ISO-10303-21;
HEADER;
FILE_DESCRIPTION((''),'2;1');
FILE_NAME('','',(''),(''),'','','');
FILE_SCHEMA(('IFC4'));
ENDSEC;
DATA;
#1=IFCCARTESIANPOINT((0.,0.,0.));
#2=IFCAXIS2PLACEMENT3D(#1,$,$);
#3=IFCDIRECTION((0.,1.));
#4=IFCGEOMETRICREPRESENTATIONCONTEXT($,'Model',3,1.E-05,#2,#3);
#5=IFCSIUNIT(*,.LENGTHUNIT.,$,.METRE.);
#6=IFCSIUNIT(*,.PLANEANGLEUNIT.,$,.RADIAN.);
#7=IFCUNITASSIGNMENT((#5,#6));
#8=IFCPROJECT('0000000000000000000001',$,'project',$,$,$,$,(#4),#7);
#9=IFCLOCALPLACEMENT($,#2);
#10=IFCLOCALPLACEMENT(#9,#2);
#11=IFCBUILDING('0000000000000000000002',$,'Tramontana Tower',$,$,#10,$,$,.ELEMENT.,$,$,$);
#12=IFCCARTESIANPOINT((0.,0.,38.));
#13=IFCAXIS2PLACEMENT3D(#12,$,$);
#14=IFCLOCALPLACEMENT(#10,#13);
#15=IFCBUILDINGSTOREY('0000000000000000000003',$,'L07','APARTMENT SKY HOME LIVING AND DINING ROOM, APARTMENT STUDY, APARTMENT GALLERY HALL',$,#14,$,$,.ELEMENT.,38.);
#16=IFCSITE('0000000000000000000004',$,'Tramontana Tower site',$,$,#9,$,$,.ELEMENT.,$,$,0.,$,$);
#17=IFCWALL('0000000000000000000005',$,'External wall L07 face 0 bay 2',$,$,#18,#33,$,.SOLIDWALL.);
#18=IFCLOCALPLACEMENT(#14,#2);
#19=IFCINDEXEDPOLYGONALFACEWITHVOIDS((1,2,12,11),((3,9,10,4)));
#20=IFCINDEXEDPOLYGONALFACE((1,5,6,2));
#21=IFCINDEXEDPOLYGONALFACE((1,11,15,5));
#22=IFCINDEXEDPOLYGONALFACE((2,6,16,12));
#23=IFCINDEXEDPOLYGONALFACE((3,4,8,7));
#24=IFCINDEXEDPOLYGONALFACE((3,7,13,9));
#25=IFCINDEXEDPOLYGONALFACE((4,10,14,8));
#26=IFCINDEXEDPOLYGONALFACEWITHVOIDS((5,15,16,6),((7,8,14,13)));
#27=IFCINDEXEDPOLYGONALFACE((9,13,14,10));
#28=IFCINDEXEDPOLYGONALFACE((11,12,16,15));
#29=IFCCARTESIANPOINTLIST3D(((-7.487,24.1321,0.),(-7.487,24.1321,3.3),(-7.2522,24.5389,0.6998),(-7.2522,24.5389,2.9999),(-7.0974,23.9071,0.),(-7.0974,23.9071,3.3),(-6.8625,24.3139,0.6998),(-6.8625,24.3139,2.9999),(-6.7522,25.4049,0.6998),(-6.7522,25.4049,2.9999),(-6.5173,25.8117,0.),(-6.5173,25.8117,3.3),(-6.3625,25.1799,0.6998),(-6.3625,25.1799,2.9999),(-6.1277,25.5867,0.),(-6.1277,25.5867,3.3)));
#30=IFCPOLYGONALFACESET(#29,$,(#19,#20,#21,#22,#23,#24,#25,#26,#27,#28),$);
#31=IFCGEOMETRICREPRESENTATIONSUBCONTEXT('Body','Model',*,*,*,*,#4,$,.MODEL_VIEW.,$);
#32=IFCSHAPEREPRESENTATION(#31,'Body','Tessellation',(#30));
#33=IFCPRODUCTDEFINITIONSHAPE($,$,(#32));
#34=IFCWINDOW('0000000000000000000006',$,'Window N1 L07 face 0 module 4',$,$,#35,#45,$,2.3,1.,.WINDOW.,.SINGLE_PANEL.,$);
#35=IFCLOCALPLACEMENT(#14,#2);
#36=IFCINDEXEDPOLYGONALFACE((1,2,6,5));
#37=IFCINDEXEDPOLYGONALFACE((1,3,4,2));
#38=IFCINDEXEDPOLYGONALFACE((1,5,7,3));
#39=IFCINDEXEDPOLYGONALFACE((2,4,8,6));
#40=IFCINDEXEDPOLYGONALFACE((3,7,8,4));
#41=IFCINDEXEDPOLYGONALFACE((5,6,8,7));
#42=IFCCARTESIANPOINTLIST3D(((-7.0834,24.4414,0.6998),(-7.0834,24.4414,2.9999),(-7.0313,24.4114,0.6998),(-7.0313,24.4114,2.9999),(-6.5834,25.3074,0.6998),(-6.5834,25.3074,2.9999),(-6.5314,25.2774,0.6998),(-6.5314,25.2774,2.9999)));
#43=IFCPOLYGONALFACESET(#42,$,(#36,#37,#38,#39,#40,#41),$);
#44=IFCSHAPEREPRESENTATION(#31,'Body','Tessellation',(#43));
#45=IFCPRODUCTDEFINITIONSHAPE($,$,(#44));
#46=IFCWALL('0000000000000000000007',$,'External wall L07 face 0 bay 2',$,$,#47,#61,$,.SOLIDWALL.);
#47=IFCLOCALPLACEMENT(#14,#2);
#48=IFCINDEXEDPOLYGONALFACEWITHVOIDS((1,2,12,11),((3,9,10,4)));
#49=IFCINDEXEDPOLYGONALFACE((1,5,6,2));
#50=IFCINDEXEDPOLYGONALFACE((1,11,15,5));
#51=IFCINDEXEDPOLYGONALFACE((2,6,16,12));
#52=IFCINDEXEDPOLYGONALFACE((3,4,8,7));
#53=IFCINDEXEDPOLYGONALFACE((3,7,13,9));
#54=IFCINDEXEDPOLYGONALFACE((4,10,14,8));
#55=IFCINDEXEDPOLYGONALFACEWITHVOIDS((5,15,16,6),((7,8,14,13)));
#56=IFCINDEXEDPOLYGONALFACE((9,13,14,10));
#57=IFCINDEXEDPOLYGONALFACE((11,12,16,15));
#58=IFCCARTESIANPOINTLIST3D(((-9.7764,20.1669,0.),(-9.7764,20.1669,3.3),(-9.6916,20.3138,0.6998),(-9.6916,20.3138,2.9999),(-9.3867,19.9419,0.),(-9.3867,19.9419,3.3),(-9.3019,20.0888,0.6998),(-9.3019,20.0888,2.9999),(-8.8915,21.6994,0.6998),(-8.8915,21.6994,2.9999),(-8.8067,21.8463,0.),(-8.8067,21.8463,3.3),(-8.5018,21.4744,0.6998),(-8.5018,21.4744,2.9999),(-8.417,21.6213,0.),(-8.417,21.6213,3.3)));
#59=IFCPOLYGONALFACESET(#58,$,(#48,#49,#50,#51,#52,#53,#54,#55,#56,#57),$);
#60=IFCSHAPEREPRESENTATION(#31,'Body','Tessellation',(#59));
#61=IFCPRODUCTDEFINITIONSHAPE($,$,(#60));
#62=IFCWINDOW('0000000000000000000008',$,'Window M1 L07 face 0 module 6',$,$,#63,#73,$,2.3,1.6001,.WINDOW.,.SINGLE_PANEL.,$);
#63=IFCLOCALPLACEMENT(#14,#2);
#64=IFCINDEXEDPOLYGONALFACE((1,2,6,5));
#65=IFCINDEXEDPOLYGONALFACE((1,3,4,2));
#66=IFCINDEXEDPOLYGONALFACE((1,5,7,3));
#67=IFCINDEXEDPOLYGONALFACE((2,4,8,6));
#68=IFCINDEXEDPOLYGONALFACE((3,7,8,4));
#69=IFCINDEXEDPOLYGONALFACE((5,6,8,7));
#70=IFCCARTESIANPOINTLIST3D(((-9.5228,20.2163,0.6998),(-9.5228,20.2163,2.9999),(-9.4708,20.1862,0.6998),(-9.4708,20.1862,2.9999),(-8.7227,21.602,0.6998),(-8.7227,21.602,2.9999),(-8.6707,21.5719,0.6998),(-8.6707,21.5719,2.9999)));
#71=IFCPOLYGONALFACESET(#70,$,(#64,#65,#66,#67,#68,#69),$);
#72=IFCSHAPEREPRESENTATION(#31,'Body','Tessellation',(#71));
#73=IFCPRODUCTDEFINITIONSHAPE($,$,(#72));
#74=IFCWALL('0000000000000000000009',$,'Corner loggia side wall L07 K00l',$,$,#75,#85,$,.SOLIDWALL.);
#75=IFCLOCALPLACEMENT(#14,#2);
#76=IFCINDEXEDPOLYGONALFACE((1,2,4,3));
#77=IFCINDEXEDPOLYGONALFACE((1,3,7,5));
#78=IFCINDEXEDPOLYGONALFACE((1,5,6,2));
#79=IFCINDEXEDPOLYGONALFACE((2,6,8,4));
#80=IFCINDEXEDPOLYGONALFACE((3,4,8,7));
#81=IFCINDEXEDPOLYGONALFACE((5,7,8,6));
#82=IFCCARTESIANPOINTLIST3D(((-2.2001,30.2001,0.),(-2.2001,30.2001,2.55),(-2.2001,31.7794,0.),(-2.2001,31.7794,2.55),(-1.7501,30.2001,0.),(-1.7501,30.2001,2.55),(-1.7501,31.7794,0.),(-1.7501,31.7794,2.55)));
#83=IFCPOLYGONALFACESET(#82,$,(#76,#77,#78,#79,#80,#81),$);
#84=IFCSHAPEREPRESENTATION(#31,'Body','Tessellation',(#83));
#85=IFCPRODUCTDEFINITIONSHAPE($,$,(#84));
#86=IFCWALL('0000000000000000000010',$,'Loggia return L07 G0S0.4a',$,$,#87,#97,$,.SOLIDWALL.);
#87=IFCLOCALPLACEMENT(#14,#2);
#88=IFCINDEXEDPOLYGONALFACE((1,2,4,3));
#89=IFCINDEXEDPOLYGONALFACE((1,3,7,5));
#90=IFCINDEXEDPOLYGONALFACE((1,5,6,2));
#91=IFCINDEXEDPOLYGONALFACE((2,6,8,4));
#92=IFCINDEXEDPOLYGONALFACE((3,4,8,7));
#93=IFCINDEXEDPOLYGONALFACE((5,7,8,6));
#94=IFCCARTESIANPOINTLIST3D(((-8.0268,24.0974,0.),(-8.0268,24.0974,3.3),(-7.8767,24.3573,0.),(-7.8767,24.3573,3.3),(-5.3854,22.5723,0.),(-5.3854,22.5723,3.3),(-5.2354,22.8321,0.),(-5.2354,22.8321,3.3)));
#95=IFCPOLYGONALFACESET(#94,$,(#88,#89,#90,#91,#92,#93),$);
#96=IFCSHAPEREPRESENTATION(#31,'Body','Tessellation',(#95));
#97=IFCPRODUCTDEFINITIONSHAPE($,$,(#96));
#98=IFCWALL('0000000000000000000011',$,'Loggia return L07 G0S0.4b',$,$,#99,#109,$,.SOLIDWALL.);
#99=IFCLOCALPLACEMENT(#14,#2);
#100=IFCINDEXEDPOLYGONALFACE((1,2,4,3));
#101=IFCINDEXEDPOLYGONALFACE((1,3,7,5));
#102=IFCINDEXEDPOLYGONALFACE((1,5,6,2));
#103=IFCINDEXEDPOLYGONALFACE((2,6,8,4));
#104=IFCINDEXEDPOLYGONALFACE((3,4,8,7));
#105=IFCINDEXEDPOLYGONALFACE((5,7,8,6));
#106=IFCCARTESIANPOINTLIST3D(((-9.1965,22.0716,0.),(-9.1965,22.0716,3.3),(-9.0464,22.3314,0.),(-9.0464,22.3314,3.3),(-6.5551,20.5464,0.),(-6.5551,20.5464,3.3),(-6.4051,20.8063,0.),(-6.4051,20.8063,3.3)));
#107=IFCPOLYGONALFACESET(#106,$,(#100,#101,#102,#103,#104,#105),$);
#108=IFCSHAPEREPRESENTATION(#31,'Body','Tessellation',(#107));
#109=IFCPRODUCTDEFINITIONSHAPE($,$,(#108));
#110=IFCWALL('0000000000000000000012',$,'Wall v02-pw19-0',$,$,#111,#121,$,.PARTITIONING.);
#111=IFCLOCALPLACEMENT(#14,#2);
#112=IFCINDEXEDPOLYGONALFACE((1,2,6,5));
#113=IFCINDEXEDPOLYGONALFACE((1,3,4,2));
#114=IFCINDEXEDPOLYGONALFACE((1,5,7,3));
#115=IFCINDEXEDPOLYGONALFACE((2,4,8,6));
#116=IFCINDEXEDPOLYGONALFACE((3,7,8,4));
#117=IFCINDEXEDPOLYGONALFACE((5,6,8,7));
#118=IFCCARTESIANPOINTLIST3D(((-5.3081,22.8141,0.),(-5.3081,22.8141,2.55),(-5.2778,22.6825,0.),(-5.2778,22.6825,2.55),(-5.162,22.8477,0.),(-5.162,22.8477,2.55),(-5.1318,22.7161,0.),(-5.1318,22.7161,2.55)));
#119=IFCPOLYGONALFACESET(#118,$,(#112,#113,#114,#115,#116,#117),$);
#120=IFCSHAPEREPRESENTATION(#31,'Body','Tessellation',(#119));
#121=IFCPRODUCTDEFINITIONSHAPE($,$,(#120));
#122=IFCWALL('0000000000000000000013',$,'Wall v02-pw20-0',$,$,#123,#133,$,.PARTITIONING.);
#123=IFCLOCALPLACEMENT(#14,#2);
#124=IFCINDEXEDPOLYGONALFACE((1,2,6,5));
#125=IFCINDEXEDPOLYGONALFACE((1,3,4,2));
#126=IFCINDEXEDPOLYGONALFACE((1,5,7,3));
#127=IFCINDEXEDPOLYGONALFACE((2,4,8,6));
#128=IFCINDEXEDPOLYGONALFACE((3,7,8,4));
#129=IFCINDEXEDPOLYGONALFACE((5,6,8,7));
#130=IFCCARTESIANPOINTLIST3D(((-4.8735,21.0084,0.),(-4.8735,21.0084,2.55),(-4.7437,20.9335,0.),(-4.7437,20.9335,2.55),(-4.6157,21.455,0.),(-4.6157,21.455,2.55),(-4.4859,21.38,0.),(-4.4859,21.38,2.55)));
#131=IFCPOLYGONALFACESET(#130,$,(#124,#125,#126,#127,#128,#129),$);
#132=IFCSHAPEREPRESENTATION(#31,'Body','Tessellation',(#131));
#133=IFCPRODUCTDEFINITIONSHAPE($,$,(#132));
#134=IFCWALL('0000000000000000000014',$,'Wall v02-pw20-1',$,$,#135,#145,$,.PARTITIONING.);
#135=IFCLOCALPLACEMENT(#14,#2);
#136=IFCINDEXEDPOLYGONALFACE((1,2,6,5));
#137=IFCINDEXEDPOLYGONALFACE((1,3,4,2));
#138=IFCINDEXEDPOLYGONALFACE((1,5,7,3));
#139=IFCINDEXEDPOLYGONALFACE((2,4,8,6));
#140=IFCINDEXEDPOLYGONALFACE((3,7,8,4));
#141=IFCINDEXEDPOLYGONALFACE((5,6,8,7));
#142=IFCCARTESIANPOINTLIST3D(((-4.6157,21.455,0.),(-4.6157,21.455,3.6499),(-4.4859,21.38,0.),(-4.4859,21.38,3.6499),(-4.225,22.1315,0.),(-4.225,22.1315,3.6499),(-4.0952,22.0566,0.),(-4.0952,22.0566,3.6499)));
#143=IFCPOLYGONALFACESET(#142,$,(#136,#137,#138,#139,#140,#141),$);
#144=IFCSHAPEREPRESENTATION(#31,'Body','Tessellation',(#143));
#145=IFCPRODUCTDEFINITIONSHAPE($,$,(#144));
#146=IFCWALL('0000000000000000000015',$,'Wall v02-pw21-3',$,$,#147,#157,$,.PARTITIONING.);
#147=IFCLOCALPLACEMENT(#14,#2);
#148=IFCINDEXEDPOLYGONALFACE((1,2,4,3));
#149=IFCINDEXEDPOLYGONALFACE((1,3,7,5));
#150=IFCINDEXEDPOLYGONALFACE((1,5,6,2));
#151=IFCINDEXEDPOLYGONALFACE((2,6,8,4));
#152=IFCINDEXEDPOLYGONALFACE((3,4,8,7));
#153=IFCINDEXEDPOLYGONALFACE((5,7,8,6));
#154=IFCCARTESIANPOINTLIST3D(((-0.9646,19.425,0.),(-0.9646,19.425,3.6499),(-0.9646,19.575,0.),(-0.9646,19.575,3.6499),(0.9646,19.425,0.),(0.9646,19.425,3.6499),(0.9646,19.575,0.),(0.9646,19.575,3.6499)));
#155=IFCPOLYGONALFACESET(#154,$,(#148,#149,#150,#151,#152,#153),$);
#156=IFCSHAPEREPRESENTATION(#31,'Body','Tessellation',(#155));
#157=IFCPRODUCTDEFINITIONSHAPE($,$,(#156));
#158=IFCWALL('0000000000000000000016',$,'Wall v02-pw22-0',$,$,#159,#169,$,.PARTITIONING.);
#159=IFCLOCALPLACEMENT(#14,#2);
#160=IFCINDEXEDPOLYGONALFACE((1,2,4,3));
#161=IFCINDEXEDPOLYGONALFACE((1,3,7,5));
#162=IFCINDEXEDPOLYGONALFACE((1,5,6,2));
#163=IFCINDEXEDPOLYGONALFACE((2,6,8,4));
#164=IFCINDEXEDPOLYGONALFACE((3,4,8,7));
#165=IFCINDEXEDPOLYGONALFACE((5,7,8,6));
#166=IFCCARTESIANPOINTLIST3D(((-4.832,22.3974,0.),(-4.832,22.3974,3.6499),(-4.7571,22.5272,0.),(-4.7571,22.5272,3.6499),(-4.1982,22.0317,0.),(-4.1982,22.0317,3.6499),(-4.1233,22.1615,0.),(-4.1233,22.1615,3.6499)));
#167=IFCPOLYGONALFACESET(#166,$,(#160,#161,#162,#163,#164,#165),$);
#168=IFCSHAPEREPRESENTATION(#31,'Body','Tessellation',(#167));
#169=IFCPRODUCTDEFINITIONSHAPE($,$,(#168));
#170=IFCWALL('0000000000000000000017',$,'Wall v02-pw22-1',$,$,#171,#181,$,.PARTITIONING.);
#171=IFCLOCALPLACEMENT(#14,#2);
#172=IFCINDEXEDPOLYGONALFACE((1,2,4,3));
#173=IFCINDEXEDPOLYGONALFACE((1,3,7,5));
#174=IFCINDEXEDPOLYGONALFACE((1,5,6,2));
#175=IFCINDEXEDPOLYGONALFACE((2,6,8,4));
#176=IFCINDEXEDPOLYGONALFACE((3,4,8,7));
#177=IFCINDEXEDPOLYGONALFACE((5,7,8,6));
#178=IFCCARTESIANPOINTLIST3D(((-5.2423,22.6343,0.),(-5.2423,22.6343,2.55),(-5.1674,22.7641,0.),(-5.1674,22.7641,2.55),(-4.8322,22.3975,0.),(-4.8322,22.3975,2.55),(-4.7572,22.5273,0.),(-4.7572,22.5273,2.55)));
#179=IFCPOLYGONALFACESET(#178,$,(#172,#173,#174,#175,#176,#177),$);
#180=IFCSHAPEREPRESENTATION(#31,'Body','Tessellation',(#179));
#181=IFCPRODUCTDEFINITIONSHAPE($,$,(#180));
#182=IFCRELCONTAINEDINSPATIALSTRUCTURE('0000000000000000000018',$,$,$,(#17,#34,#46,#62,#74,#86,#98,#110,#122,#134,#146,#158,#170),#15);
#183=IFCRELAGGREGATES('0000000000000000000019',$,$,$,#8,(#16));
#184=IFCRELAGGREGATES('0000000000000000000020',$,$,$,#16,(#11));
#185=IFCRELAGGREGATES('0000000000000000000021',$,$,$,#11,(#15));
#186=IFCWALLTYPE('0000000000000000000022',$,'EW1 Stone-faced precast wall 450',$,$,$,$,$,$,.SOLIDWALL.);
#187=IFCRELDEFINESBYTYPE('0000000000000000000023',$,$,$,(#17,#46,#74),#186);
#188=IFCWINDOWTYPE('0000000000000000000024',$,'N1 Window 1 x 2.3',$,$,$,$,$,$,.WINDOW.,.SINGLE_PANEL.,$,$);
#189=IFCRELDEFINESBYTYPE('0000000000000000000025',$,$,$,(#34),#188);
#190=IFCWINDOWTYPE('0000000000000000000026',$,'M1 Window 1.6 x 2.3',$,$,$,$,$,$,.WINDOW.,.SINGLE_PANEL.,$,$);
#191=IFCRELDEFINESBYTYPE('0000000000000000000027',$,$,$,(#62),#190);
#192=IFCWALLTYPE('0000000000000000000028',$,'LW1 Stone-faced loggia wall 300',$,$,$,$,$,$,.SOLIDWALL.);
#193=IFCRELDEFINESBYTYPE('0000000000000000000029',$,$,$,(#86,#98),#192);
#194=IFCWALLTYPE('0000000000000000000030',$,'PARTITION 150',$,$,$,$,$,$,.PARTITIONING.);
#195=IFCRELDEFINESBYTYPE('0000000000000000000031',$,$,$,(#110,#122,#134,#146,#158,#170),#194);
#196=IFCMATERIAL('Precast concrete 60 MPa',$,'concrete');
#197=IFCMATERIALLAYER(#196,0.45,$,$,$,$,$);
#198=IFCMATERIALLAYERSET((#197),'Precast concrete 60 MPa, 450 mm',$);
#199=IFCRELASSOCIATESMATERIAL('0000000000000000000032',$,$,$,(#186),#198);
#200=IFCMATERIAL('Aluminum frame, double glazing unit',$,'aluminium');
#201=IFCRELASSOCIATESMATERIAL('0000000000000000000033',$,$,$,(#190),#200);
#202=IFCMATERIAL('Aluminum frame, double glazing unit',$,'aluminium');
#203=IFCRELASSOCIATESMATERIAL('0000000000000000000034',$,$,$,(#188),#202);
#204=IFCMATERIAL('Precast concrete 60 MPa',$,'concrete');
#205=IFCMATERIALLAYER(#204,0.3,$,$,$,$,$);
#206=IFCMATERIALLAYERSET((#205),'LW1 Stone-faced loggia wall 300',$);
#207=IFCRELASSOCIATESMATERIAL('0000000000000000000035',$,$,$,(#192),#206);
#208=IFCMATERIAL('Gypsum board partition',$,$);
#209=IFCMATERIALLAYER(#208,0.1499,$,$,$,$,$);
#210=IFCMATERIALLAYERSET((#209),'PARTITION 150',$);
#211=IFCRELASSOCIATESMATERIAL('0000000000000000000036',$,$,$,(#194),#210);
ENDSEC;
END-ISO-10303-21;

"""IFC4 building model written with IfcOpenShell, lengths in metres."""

from ifc_helpers import new_model, si_unit, direction, frame, frame_2d, origin, place, context, subcontext, project, spatial, rectangle, extrude, material, layer, layer_set, type_object, element, fill, save


model = new_model("IFC4")

# Units and contexts
model_context = context("Model", 3, precision=1e-05, world=origin(), true_north=direction((0.0, 1.0)))
body_context = subcontext(model_context, "Body", "Model", "MODEL_VIEW")
ifc_project = project(units=[si_unit("LENGTHUNIT", "METRE"), si_unit("PLANEANGLEUNIT", "RADIAN")], contexts=[model_context])

# Site, building, storey
site_placement = place(None, origin())
site = spatial("IfcSite", under=ifc_project, at=site_placement, Name="Tramontana Tower site", CompositionType="ELEMENT", RefElevation=0.0)
building_placement = place(site_placement, origin())
building = spatial("IfcBuilding", under=site, at=building_placement, Name="Tramontana Tower", CompositionType="ELEMENT")
storey_placement = place(building_placement, frame((0.0, 0.0, 38.0)))
storey = spatial("IfcBuildingStorey", under=building, at=storey_placement, Name="L07", Description="APARTMENT SKY HOME LIVING AND DINING ROOM, APARTMENT STUDY, APARTMENT GALLERY HALL", CompositionType="ELEMENT", Elevation=38.0)

# Shared definitions
ifc_material_1 = material(Name="Precast concrete 60 MPa", Category="concrete")
ifc_layer_1 = layer(ifc_material_1, 0.45)
ifc_layer_set_1 = layer_set([ifc_layer_1], Name="Precast concrete 60 MPa, 450 mm")
wall_type_1 = type_object("IfcWallType", Name="EW1 Stone-faced precast wall 450", PredefinedType="SOLIDWALL", material=ifc_layer_set_1)
ifc_material_2 = material(Name="Aluminum frame, double glazing unit", Category="aluminium")
window_type_1 = type_object("IfcWindowType", Name="M1 Window 1.6 x 2.3", PartitioningType="SINGLE_PANEL", PredefinedType="WINDOW", material=ifc_material_2)

# Walls, openings, windows
wall_1_placement = place(storey_placement, frame((-6.3225, 25.6992, 0.0), z_axis=(0.0, 0.0, 1.0), x_axis=(-0.499984, -0.866035, 0.0)))
wall_1 = element("IfcWall", 1, at=wall_1_placement, inside=storey, type_object=wall_type_1, Name="External wall L07 face 0 bay 2", PredefinedType="SOLIDWALL", context=body_context, shape_type="SweptSolid", body=[
    extrude(rectangle(XDim=1.9395, YDim=0.45, at=frame_2d((0.9697, 0.0))), origin(), (0.0, 0.0, 1.0), 3.3),
])
opening_1_placement = place(wall_1_placement, frame((0.4697, 0.0, 0.7)))
opening_1 = element("IfcOpeningElement", 2, at=opening_1_placement, cuts=wall_1, PredefinedType="OPENING", context=body_context, shape_type="SweptSolid", body=[
    extrude(rectangle(XDim=1.0, YDim=2.3, at=frame_2d((0.5, 1.1499))), frame((0.0, 0.2349, 0.0), z_axis=(0.0, -1.0, 0.0), x_axis=(1.0, 0.0, 0.0)), (0.0, 0.0, 1.0), 0.47),
])
ifc_material_3 = material(Name="Aluminum frame, double glazing unit", Category="aluminium")
window_type_2 = type_object("IfcWindowType", Name="N1 Window 1 x 2.3", PartitioningType="SINGLE_PANEL", PredefinedType="WINDOW", material=ifc_material_3)
window_1_placement = place(opening_1_placement, origin())
window_1 = element("IfcWindow", 3, at=window_1_placement, inside=storey, type_object=window_type_2, Name="Window N1 L07 face 0 module 4", OverallHeight=2.3, OverallWidth=1.0, PartitioningType="SINGLE_PANEL", PredefinedType="WINDOW", context=body_context, shape_type="SweptSolid", body=[
    extrude(rectangle(XDim=1.0, YDim=2.3, at=frame_2d((0.5, 1.1499))), frame((0.0, 0.03, 0.0), z_axis=(0.0, -1.0, 0.0), x_axis=(1.0, 0.0, 0.0)), (0.0, 0.0, 1.0), 0.0601),
])
fill(opening_1, window_1)
wall_2_placement = place(storey_placement, frame((-8.6118, 21.7339, 0.0), z_axis=(0.0, 0.0, 1.0), x_axis=(-0.500038, -0.866003, 0.0)))
wall_2 = element("IfcWall", 4, at=wall_2_placement, inside=storey, type_object=wall_type_1, Name="External wall L07 face 0 bay 2", PredefinedType="SOLIDWALL", context=body_context, shape_type="SweptSolid", body=[
    extrude(rectangle(XDim=1.9392, YDim=0.45, at=frame_2d((0.9697, 0.0))), origin(), (0.0, 0.0, 1.0), 3.3),
])
opening_2_placement = place(wall_2_placement, frame((0.1697, 0.0, 0.7)))
opening_2 = element("IfcOpeningElement", 5, at=opening_2_placement, cuts=wall_2, PredefinedType="OPENING", context=body_context, shape_type="SweptSolid", body=[
    extrude(rectangle(XDim=1.6001, YDim=2.3, at=frame_2d((0.8, 1.1499))), frame((0.0, 0.2349, 0.0), z_axis=(0.0, -1.0, 0.0), x_axis=(1.0, 0.0, 0.0)), (0.0, 0.0, 1.0), 0.47),
])
window_2_placement = place(opening_2_placement, origin())
window_2 = element("IfcWindow", 6, at=window_2_placement, inside=storey, type_object=window_type_1, Name="Window M1 L07 face 0 module 6", OverallHeight=2.3, OverallWidth=1.6001, PartitioningType="SINGLE_PANEL", PredefinedType="WINDOW", context=body_context, shape_type="SweptSolid", body=[
    extrude(rectangle(XDim=1.6001, YDim=2.3, at=frame_2d((0.8, 1.1499))), frame((0.0, 0.03, 0.0), z_axis=(0.0, -1.0, 0.0), x_axis=(1.0, 0.0, 0.0)), (0.0, 0.0, 1.0), 0.0601),
])
fill(opening_2, window_2)

# Wall
wall_3_placement = place(storey_placement, frame((-1.9751, 31.7793, 0.0), z_axis=(0.0, 0.0, 1.0), x_axis=(0.0, -1.0, 0.0)))
element("IfcWall", 7, at=wall_3_placement, inside=storey, type_object=wall_type_1, Name="Corner loggia side wall L07 K00l", PredefinedType="SOLIDWALL", context=body_context, shape_type="SweptSolid", body=[
    extrude(rectangle(XDim=1.5793, YDim=0.45, at=frame_2d((0.7896, 0.0))), origin(), (0.0, 0.0, 1.0), 2.55),
])

# Shared definitions
ifc_material_4 = material(Name="Precast concrete 60 MPa", Category="concrete")
ifc_layer_2 = layer(ifc_material_4, 0.3)
ifc_layer_set_2 = layer_set([ifc_layer_2], Name="LW1 Stone-faced loggia wall 300")
wall_type_2 = type_object("IfcWallType", Name="LW1 Stone-faced loggia wall 300", PredefinedType="SOLIDWALL", material=ifc_layer_set_2)

# Walls
for number, where, z_axis, x_axis, name in (
    (8, (-7.9517, 24.2273, 0.0), (0.0, 0.0, 1.0), (0.866003, -0.500039, 0.0), "Loggia return L07 G0S0.4a"),
    (9, (-9.1213, 22.2014, 0.0), (0.0, 0.0, 1.0), (0.866003, -0.500039, 0.0), "Loggia return L07 G0S0.4b"),
):
    element("IfcWall", number, at=place(storey_placement, frame(where, z_axis=z_axis, x_axis=x_axis)), inside=storey, type_object=wall_type_2, Name=name, PredefinedType="SOLIDWALL", context=body_context, shape_type="SweptSolid", body=[
        extrude(rectangle(XDim=3.05, YDim=0.3, at=frame_2d((1.5249, 0.0))), origin(), (0.0, 0.0, 1.0), 3.3),
    ])
ifc_material_5 = material(Name="Gypsum board partition")
ifc_layer_3 = layer(ifc_material_5, 0.1499)
ifc_layer_set_3 = layer_set([ifc_layer_3], Name="PARTITION 150")
wall_type_3 = type_object("IfcWallType", Name="PARTITION 150", PredefinedType="PARTITIONING", material=ifc_layer_set_3)
wall_4_placement = place(storey_placement, frame((-5.2048, 22.6995, 0.0), z_axis=(0.0, 0.0, 1.0), x_axis=(-0.224199, 0.974543, 0.0)))
element("IfcWall", 10, at=wall_4_placement, inside=storey, type_object=wall_type_3, Name="Wall v02-pw19-0", PredefinedType="PARTITIONING", context=body_context, shape_type="SweptSolid", body=[
    extrude(rectangle(XDim=0.135, YDim=0.1499, at=frame_2d((0.0674, 0.0))), origin(), (0.0, 0.0, 1.0), 2.55),
])
wall_5_placement = place(storey_placement, frame((-4.8086, 20.9709, 0.0), z_axis=(0.0, 0.0, 1.0), x_axis=(0.500009, 0.86602, 0.0)))
element("IfcWall", 11, at=wall_5_placement, inside=storey, type_object=wall_type_3, Name="Wall v02-pw20-0", PredefinedType="PARTITIONING", context=body_context, shape_type="SweptSolid", body=[
    extrude(rectangle(XDim=0.5156, YDim=0.1499, at=frame_2d((0.2578, 0.0))), origin(), (0.0, 0.0, 1.0), 2.55),
])
wall_6_placement = place(storey_placement, frame((-4.5508, 21.4175, 0.0), z_axis=(0.0, 0.0, 1.0), x_axis=(0.500038, 0.866003, 0.0)))
element("IfcWall", 12, at=wall_6_placement, inside=storey, type_object=wall_type_3, Name="Wall v02-pw20-1", PredefinedType="PARTITIONING", context=body_context, shape_type="SweptSolid", body=[
    extrude(rectangle(XDim=0.7812, YDim=0.1499, at=frame_2d((0.3906, 0.0))), origin(), (0.0, 0.0, 1.0), 3.6499),
])

# Walls
wall_7_placement = place(storey_placement, frame((-0.9646, 19.5, 0.0), z_axis=(0.0, 0.0, 1.0), x_axis=(1.0, 0.0, 0.0)))
element("IfcWall", 13, at=wall_7_placement, inside=storey, type_object=wall_type_3, Name="Wall v02-pw21-3", PredefinedType="PARTITIONING", context=body_context, shape_type="SweptSolid", body=[
    extrude(rectangle(XDim=1.9292, YDim=0.1499, at=frame_2d((0.9646, 0.0))), origin(), (0.0, 0.0, 1.0), 3.6499),
])
wall_8_placement = place(storey_placement, frame((-4.1609, 22.0967, 0.0), z_axis=(0.0, 0.0, 1.0), x_axis=(-0.866141, 0.499799, 0.0)))
element("IfcWall", 14, at=wall_8_placement, inside=storey, type_object=wall_type_3, Name="Wall v02-pw22-0", PredefinedType="PARTITIONING", context=body_context, shape_type="SweptSolid", body=[
    extrude(rectangle(XDim=0.7317, YDim=0.1499, at=frame_2d((0.3657, 0.0))), origin(), (0.0, 0.0, 1.0), 3.6499),
])
wall_9_placement = place(storey_placement, frame((-4.7947, 22.4624, 0.0), z_axis=(0.0, 0.0, 1.0), x_axis=(-0.866014, 0.50002, 0.0)))
element("IfcWall", 15, at=wall_9_placement, inside=storey, type_object=wall_type_3, Name="Wall v02-pw22-1", PredefinedType="PARTITIONING", context=body_context, shape_type="SweptSolid", body=[
    extrude(rectangle(XDim=0.4736, YDim=0.1499, at=frame_2d((0.2368, 0.0))), origin(), (0.0, 0.0, 1.0), 2.55),
])

save(model, "model.ifc")
